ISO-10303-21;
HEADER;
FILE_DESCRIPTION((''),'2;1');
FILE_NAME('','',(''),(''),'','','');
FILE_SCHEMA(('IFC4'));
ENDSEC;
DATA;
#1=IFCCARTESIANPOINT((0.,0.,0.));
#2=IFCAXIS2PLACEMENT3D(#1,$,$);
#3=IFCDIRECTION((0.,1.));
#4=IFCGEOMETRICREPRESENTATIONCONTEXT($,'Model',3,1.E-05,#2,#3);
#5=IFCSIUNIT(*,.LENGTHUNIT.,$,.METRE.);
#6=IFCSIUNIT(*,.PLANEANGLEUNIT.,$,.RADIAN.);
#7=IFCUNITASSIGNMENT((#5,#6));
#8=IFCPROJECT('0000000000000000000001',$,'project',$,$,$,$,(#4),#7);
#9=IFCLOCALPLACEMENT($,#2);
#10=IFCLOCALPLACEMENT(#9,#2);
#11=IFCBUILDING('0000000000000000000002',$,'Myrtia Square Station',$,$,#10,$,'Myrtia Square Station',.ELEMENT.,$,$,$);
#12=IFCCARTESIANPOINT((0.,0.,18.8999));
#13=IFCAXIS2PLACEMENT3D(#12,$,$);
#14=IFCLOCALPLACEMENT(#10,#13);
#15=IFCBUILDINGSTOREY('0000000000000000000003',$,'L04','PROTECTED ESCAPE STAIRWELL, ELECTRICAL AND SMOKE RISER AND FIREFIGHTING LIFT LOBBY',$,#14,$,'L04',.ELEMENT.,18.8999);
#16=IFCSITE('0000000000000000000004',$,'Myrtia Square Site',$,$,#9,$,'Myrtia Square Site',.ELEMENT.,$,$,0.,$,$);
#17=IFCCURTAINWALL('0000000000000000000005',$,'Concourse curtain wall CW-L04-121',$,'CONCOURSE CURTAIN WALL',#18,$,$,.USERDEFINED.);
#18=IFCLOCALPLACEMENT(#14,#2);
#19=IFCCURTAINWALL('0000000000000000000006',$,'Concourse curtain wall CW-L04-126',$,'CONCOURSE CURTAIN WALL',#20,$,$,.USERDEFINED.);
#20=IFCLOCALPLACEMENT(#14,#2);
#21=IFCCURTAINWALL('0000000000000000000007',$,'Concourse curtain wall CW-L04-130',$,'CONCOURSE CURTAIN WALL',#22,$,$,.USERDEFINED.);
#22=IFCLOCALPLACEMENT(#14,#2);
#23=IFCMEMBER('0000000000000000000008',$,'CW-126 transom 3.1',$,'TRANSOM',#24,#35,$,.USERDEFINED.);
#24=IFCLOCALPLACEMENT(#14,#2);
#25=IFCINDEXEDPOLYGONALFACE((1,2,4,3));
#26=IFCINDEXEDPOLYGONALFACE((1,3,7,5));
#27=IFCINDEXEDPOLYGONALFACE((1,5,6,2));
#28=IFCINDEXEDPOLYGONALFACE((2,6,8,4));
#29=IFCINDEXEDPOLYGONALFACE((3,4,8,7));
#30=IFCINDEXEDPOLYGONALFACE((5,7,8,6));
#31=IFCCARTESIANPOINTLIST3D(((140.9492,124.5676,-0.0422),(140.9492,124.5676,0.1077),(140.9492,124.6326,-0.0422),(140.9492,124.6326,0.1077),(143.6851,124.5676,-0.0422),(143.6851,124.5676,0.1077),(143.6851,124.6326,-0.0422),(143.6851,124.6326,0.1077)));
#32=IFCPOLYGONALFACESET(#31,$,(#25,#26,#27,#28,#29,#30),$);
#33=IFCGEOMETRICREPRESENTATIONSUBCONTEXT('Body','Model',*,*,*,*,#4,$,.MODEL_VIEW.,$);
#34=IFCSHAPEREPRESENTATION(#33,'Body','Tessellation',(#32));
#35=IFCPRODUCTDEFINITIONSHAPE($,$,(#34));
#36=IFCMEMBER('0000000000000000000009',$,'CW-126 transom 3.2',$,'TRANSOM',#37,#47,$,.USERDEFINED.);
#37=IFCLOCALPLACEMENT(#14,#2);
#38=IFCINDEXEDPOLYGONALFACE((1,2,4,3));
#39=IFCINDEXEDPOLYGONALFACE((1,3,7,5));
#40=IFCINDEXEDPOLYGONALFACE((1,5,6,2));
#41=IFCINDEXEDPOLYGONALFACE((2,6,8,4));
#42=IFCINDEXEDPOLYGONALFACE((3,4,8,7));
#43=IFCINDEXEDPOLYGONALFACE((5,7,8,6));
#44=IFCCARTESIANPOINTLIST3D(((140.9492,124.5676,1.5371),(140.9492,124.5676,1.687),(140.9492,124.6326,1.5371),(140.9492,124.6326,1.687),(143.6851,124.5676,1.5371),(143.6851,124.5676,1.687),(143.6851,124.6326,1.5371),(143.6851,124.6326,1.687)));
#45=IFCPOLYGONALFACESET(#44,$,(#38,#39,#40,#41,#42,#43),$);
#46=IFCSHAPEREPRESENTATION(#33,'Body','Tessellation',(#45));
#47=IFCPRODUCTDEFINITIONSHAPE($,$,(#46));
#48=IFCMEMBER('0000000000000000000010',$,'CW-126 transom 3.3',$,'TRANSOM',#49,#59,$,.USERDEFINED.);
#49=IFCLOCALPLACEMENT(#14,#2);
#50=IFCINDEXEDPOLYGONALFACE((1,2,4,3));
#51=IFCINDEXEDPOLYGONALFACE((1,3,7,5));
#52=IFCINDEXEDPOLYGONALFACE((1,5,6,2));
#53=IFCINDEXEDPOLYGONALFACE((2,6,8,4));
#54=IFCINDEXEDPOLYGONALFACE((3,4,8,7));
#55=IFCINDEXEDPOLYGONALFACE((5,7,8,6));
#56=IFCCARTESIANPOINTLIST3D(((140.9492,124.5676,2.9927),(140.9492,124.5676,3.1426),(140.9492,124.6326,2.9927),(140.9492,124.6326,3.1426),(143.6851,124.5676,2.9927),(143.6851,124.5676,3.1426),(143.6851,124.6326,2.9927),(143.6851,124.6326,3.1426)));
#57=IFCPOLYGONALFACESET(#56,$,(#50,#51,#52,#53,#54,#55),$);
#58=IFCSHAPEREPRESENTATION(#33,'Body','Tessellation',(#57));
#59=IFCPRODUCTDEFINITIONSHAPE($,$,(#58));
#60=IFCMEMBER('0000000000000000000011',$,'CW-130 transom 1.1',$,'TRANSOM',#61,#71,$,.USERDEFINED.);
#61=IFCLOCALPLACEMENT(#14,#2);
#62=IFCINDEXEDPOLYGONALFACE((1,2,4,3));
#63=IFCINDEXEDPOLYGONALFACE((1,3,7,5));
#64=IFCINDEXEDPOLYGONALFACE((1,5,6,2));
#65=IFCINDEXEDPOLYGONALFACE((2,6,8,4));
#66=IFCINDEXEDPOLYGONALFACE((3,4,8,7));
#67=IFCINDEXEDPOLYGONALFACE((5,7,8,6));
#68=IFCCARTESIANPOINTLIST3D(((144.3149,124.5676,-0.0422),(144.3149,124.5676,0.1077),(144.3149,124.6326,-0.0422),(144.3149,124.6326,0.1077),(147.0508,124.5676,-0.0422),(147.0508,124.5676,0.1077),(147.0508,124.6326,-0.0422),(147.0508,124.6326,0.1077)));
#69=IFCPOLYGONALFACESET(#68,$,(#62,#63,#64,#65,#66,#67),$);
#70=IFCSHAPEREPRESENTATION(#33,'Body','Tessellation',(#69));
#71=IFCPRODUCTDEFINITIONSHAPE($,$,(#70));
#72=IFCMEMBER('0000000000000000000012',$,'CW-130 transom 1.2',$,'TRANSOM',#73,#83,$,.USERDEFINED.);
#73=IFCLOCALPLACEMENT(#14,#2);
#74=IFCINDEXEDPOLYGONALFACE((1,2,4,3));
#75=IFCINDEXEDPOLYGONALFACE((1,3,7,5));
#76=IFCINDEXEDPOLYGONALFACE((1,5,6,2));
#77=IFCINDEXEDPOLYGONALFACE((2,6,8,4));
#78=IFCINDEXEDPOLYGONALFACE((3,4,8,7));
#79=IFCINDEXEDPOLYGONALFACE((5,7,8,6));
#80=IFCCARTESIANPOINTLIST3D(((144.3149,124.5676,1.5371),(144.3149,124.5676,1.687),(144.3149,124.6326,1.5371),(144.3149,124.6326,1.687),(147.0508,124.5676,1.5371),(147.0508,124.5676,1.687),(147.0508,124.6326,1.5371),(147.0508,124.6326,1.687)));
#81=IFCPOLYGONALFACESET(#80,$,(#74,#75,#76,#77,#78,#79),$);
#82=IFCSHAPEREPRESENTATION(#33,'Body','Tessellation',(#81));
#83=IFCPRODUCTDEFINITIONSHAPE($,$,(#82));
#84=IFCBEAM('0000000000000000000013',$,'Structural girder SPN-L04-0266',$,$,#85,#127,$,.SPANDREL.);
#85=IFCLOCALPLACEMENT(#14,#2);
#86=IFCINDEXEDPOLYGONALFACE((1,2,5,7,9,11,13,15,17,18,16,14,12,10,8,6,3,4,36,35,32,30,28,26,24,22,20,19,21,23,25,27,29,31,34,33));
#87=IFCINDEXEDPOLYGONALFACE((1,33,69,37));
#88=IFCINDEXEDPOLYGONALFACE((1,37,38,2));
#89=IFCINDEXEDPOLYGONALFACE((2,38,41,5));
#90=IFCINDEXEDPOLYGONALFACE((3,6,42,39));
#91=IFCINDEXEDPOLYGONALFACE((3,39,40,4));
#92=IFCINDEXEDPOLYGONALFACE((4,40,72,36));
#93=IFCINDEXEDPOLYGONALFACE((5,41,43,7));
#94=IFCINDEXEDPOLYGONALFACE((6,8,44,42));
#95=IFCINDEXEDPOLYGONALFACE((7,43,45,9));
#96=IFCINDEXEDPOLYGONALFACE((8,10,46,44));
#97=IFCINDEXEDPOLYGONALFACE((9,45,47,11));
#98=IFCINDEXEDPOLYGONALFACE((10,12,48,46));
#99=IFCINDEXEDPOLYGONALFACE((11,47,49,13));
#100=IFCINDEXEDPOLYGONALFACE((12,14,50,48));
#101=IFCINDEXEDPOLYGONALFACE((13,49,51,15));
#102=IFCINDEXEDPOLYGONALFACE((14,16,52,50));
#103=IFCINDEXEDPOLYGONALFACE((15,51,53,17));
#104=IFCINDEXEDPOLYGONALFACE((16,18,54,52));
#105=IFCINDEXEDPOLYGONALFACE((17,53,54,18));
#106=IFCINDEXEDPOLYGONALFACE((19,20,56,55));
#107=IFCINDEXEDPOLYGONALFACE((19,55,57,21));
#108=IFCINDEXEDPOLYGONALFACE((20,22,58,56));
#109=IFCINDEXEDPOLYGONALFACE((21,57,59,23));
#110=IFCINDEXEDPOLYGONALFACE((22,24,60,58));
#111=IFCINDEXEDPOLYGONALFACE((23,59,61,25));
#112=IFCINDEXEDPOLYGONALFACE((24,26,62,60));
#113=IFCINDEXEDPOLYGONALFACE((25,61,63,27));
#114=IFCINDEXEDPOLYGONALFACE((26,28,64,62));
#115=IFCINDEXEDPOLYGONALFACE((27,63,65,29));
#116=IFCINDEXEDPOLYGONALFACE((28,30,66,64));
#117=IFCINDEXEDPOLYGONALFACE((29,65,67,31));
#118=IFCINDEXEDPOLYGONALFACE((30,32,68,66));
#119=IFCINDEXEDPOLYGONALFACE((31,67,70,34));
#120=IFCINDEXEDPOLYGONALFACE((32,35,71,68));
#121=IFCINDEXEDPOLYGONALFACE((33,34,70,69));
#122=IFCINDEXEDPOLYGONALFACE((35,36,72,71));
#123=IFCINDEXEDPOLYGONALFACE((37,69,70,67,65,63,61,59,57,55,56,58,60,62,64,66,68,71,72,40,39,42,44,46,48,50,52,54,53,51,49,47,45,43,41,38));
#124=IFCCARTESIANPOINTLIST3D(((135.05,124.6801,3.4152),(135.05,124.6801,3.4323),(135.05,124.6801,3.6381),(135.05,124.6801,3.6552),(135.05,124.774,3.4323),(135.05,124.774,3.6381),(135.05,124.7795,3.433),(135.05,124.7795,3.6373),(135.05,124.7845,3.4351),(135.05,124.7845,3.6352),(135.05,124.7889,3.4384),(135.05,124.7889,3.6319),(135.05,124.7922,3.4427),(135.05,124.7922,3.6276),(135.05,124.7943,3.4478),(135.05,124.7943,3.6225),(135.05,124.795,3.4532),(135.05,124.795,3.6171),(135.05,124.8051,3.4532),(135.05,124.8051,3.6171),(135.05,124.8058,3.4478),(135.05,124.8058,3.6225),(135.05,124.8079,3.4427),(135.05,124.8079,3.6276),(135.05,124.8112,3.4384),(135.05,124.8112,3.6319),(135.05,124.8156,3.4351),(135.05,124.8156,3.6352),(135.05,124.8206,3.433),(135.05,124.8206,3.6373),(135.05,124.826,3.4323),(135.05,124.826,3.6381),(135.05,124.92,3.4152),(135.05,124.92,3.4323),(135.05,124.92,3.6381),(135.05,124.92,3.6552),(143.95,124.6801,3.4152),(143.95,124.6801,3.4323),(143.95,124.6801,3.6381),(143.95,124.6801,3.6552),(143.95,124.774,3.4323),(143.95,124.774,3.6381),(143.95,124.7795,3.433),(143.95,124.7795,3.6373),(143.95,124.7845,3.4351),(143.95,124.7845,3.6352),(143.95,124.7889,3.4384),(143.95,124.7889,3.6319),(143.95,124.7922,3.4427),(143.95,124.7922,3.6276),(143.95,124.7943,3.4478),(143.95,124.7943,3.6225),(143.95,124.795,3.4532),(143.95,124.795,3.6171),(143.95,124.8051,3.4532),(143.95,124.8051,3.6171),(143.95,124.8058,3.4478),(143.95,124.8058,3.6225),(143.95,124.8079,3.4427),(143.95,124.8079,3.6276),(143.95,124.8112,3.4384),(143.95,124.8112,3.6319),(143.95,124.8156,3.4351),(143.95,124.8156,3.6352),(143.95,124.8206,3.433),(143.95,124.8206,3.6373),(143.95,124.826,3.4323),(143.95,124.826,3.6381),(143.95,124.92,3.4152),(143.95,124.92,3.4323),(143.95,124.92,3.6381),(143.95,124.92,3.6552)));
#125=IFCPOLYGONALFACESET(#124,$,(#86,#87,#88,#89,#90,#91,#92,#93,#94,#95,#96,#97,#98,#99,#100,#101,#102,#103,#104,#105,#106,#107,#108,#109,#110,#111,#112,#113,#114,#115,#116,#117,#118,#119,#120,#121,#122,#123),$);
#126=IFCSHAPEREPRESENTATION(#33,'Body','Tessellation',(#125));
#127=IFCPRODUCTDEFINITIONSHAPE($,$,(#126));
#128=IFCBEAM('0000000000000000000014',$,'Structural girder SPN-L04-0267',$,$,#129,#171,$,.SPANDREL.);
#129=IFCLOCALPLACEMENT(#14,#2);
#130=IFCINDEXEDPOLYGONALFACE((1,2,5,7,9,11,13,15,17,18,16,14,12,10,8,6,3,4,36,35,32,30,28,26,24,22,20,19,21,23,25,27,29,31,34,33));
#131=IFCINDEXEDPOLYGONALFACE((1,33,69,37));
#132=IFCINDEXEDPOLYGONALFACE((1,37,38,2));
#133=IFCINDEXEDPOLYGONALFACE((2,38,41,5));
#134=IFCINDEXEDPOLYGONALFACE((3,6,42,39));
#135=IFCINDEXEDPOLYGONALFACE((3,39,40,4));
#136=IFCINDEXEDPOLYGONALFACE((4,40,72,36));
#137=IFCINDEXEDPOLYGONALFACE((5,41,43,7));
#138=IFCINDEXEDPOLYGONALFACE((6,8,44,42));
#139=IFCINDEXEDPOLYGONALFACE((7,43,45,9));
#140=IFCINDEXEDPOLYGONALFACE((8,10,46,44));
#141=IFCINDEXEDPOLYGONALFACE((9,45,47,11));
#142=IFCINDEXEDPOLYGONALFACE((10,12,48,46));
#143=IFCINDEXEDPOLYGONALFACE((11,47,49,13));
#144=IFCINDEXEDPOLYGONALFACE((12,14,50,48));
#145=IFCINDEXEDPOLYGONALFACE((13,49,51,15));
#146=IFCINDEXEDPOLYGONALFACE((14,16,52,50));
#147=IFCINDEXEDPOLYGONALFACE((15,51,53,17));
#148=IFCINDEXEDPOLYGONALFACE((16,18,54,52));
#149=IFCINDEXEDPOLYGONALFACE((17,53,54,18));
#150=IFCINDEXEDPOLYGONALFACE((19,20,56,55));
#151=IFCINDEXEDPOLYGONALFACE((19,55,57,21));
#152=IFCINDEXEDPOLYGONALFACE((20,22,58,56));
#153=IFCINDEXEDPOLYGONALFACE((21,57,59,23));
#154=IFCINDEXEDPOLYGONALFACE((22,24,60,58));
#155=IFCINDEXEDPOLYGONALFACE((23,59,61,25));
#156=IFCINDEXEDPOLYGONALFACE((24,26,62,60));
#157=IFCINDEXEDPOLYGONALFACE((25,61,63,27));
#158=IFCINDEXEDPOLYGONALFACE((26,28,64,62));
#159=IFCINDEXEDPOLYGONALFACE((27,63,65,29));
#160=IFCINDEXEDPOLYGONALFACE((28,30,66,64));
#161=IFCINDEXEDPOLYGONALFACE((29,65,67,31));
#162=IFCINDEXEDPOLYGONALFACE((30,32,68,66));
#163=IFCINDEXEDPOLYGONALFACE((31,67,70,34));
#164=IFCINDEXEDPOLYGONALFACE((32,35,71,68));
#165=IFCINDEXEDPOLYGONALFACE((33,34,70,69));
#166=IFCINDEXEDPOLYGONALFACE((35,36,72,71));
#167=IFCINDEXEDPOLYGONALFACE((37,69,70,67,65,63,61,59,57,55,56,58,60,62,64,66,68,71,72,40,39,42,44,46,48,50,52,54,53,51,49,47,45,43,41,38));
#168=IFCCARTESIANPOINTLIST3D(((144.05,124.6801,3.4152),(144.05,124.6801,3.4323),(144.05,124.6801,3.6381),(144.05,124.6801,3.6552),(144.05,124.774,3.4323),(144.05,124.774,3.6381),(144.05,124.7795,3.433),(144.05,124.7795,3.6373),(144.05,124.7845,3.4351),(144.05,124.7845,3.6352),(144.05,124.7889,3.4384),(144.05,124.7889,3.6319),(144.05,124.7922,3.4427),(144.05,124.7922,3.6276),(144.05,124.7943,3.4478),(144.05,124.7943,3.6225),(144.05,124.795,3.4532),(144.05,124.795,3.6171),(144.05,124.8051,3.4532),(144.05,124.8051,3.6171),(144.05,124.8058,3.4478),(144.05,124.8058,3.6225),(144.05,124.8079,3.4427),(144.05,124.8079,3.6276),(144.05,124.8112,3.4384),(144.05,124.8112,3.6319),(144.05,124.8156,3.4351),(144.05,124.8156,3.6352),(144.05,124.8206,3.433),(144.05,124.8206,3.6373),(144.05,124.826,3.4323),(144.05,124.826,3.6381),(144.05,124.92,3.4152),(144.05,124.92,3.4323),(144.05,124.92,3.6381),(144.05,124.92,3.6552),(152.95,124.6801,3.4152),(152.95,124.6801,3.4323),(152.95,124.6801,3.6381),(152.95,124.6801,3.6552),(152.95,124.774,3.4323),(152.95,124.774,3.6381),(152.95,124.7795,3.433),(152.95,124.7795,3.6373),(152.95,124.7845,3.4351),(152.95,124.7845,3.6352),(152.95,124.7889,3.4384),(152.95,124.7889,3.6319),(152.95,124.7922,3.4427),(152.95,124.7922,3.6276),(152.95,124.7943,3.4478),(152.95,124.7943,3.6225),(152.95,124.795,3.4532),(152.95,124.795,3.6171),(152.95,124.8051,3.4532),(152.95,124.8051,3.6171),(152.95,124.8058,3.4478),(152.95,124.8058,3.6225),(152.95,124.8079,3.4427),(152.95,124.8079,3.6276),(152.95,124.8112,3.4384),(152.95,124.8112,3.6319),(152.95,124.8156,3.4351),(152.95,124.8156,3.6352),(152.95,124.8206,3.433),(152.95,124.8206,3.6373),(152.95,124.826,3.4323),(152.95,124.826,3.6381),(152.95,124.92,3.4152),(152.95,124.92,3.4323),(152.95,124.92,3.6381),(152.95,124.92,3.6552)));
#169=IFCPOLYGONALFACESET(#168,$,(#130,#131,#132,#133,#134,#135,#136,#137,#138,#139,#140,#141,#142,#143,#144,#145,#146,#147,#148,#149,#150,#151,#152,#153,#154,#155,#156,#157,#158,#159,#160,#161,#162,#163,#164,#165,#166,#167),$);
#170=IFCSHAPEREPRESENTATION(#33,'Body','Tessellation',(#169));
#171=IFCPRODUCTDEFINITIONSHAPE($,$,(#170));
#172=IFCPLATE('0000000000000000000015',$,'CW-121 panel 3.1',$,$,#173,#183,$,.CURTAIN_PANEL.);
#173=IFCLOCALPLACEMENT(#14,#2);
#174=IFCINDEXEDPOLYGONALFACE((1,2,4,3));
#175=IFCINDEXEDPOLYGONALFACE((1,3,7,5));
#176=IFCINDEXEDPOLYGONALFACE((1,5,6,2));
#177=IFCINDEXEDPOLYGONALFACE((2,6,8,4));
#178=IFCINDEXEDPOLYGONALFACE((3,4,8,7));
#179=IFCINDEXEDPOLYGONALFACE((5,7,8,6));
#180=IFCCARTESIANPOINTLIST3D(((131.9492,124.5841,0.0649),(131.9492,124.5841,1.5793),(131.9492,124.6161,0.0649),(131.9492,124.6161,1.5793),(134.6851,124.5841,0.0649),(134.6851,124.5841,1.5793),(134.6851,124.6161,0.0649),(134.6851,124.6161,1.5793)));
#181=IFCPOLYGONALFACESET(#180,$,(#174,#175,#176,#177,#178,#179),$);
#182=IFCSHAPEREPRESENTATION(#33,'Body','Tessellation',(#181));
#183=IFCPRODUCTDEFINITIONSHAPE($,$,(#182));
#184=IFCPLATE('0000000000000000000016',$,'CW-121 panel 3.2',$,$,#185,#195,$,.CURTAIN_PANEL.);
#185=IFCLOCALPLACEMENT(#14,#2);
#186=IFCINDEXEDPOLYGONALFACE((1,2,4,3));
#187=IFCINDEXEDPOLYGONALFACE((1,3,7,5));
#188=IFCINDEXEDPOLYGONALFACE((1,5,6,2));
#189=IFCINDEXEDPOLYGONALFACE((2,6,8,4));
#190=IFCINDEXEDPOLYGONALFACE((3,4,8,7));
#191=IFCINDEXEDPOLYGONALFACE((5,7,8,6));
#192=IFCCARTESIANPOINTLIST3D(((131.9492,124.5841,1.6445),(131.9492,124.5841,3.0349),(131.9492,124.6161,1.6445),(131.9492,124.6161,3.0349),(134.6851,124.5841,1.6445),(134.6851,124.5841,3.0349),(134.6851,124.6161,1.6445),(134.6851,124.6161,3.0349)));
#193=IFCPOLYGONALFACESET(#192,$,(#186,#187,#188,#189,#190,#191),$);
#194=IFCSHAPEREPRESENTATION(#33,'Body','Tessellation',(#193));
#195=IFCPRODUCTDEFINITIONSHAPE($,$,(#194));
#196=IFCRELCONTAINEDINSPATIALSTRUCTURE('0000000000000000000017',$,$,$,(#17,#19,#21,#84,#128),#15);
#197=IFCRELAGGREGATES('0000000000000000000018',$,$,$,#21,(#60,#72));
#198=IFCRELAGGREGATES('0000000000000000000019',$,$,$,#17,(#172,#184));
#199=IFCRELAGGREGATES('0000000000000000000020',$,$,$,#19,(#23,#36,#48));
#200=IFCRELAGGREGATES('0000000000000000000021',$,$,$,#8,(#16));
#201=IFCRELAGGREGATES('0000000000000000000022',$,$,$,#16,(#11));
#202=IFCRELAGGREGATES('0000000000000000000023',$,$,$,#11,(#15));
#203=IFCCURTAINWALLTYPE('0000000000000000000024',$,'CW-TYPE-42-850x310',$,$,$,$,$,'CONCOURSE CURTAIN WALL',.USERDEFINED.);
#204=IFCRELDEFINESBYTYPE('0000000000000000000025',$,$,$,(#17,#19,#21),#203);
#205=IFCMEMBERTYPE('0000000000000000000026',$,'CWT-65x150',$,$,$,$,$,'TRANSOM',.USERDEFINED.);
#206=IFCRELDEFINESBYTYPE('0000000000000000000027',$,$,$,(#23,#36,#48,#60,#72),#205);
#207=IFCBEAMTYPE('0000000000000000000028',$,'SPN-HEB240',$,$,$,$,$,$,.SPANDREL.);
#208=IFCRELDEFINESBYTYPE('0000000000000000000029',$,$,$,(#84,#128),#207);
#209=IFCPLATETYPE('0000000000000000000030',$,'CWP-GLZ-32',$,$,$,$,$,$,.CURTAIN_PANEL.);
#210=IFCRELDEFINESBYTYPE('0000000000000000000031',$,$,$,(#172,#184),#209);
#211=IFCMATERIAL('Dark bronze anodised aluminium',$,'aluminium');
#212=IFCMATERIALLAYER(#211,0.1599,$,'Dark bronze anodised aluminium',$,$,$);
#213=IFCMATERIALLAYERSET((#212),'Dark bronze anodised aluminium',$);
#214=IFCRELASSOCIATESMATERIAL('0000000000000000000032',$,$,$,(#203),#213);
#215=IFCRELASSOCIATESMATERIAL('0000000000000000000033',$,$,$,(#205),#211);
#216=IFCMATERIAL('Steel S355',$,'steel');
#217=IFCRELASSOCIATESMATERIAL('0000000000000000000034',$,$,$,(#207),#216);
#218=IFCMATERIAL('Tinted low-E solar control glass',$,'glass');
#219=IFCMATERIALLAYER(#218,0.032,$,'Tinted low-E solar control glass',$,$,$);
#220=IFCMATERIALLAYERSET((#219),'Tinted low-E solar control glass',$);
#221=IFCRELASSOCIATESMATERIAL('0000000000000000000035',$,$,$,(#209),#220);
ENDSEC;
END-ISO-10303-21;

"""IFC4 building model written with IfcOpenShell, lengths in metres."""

from ifc_helpers import new_model, si_unit, direction, frame, origin, origin_2d, place, context, subcontext, project, spatial, rectangle, i_section, extrude, material, layer, layer_set, material_profile, profile_set, type_object, element, aggregate, save


model = new_model("IFC4")

# Units and contexts
model_context = context("Model", 3, precision=1e-05, world=origin(), true_north=direction((0.0, 1.0)))
body_context = subcontext(model_context, "Body", "Model", "MODEL_VIEW")
ifc_project = project(units=[si_unit("LENGTHUNIT", "METRE"), si_unit("PLANEANGLEUNIT", "RADIAN")], contexts=[model_context])

# Site, building, storey
site_placement = place(None, origin())
site = spatial("IfcSite", under=ifc_project, at=site_placement, Name="Myrtia Square Site", LongName="Myrtia Square Site", CompositionType="ELEMENT", RefElevation=0.0)
building_placement = place(site_placement, origin())
building = spatial("IfcBuilding", under=site, at=building_placement, Name="Myrtia Square Station", LongName="Myrtia Square Station", CompositionType="ELEMENT")
storey_placement = place(building_placement, frame((0.0, 0.0, 18.8999)))
storey = spatial("IfcBuildingStorey", under=building, at=storey_placement, Name="L04", Description="PROTECTED ESCAPE STAIRWELL, ELECTRICAL AND SMOKE RISER AND FIREFIGHTING LIFT LOBBY", LongName="L04", CompositionType="ELEMENT", Elevation=18.8999)

# Shared definitions
ifc_material_1 = material(Name="Steel S355", Category="steel")

# Curtain wall
ifc_material_2 = material(Name="Dark bronze anodised aluminium", Category="aluminium")
ifc_layer_1 = layer(ifc_material_2, 0.1599, Name="Dark bronze anodised aluminium")
ifc_layer_set_1 = layer_set([ifc_layer_1], Name="Dark bronze anodised aluminium")
curtain_wall_type = type_object("IfcCurtainWallType", Name="CW-TYPE-42-850x310", ElementType="CONCOURSE CURTAIN WALL", PredefinedType="USERDEFINED", material=ifc_layer_set_1)
curtain_wall_1_placement = place(storey_placement, origin())
curtain_wall_1 = element("IfcCurtainWall", 1, at=curtain_wall_1_placement, inside=storey, type_object=curtain_wall_type, Name="Concourse curtain wall CW-L04-121", ObjectType="CONCOURSE CURTAIN WALL", PredefinedType="USERDEFINED")

# Curtain wall
curtain_wall_2_placement = place(storey_placement, origin())
curtain_wall_2 = element("IfcCurtainWall", 2, at=curtain_wall_2_placement, inside=storey, type_object=curtain_wall_type, Name="Concourse curtain wall CW-L04-126", ObjectType="CONCOURSE CURTAIN WALL", PredefinedType="USERDEFINED")

# Curtain wall
curtain_wall_3_placement = place(storey_placement, origin())
curtain_wall_3 = element("IfcCurtainWall", 3, at=curtain_wall_3_placement, inside=storey, type_object=curtain_wall_type, Name="Concourse curtain wall CW-L04-130", ObjectType="CONCOURSE CURTAIN WALL", PredefinedType="USERDEFINED")

# Members
ifc_material_profile_1 = material_profile(ifc_material_2, rectangle(XDim=0.0649, YDim=0.1499, at=origin_2d()), Name="ALU-T 65x150")
ifc_profile_set_1 = profile_set([ifc_material_profile_1], Name="Dark bronze anodised aluminium")
member_type_1 = type_object("IfcMemberType", Name="CWT-65x150", ElementType="TRANSOM", PredefinedType="USERDEFINED", material=ifc_profile_set_1)
member_1_placement = place(storey_placement, frame((140.9492, 124.6001, 0.0327), z_axis=(1.0, 0.0, 0.0), x_axis=(0.0, 1.0, 0.0)))
member_1 = element("IfcMember", 4, at=member_1_placement, type_object=member_type_1, Name="CW-126 transom 3.1", ObjectType="TRANSOM", PredefinedType="USERDEFINED", context=body_context, shape_type="SweptSolid", body=[
    extrude(rectangle(XDim=0.0649, YDim=0.1499, at=origin_2d()), origin(), (0.0, 0.0, 1.0), 2.7358),
])
member_2_placement = place(storey_placement, frame((140.9492, 124.6001, 1.6121), z_axis=(1.0, 0.0, 0.0), x_axis=(0.0, 1.0, 0.0)))
member_2 = element("IfcMember", 5, at=member_2_placement, type_object=member_type_1, Name="CW-126 transom 3.2", ObjectType="TRANSOM", PredefinedType="USERDEFINED", context=body_context, shape_type="SweptSolid", body=[
    extrude(rectangle(XDim=0.0649, YDim=0.1499, at=origin_2d()), origin(), (0.0, 0.0, 1.0), 2.7358),
])
member_3_placement = place(storey_placement, frame((140.9492, 124.6001, 3.0676), z_axis=(1.0, 0.0, 0.0), x_axis=(0.0, 1.0, 0.0)))
member_3 = element("IfcMember", 6, at=member_3_placement, type_object=member_type_1, Name="CW-126 transom 3.3", ObjectType="TRANSOM", PredefinedType="USERDEFINED", context=body_context, shape_type="SweptSolid", body=[
    extrude(rectangle(XDim=0.0649, YDim=0.1499, at=origin_2d()), origin(), (0.0, 0.0, 1.0), 2.7358),
])
member_4_placement = place(storey_placement, frame((144.3149, 124.6001, 0.0327), z_axis=(1.0, 0.0, 0.0), x_axis=(0.0, 1.0, 0.0)))
member_4 = element("IfcMember", 7, at=member_4_placement, type_object=member_type_1, Name="CW-130 transom 1.1", ObjectType="TRANSOM", PredefinedType="USERDEFINED", context=body_context, shape_type="SweptSolid", body=[
    extrude(rectangle(XDim=0.0649, YDim=0.1499, at=origin_2d()), origin(), (0.0, 0.0, 1.0), 2.7358),
])
member_5_placement = place(storey_placement, frame((144.3149, 124.6001, 1.6121), z_axis=(1.0, 0.0, 0.0), x_axis=(0.0, 1.0, 0.0)))
member_5 = element("IfcMember", 8, at=member_5_placement, type_object=member_type_1, Name="CW-130 transom 1.2", ObjectType="TRANSOM", PredefinedType="USERDEFINED", context=body_context, shape_type="SweptSolid", body=[
    extrude(rectangle(XDim=0.0649, YDim=0.1499, at=origin_2d()), origin(), (0.0, 0.0, 1.0), 2.7358),
])
aggregate(curtain_wall_3, [member_4, member_5])

# Beams
ifc_material_profile_2 = material_profile(ifc_material_1, i_section(OverallWidth=0.24, OverallDepth=0.24, WebThickness=0.01, FlangeThickness=0.0171, FilletRadius=0.021, at=origin_2d()), Name="HEB 240")
ifc_profile_set_2 = profile_set([ifc_material_profile_2], Name="Steel S355")
beam_type_1 = type_object("IfcBeamType", Name="SPN-HEB240", PredefinedType="SPANDREL", material=ifc_profile_set_2)
for number, where, z_axis, x_axis, name in (
    (9, (135.05, 124.8, 3.5352), (1.0, 0.0, 0.0), (0.0, 1.0, 0.0), "Structural girder SPN-L04-0266"),
    (10, (144.05, 124.8, 3.5352), (1.0, 0.0, 0.0), (0.0, 1.0, 0.0), "Structural girder SPN-L04-0267"),
):
    element("IfcBeam", number, at=place(storey_placement, frame(where, z_axis=z_axis, x_axis=x_axis)), inside=storey, type_object=beam_type_1, Name=name, PredefinedType="SPANDREL", context=body_context, shape_type="SweptSolid", body=[
        extrude(i_section(OverallWidth=0.24, OverallDepth=0.24, WebThickness=0.01, FlangeThickness=0.0171, FilletRadius=0.021, at=origin_2d()), origin(), (0.0, 0.0, 1.0), 8.8999),
    ])

# Plates
ifc_material_3 = material(Name="Tinted low-E solar control glass", Category="glass")
ifc_layer_2 = layer(ifc_material_3, 0.032, Name="Tinted low-E solar control glass")
ifc_layer_set_2 = layer_set([ifc_layer_2], Name="Tinted low-E solar control glass")
plate_type_1 = type_object("IfcPlateType", Name="CWP-GLZ-32", PredefinedType="CURTAIN_PANEL", material=ifc_layer_set_2)
plate_1_placement = place(storey_placement, frame((133.3171, 124.6001, 0.0649), z_axis=(0.0, 0.0, 1.0), x_axis=(1.0, 0.0, 0.0)))
plate_1 = element("IfcPlate", 11, at=plate_1_placement, type_object=plate_type_1, Name="CW-121 panel 3.1", PredefinedType="CURTAIN_PANEL", context=body_context, shape_type="SweptSolid", body=[
    extrude(rectangle(XDim=2.7358, YDim=0.032, at=origin_2d()), origin(), (0.0, 0.0, 1.0), 1.5144),
])
plate_2_placement = place(storey_placement, frame((133.3171, 124.6001, 1.6445), z_axis=(0.0, 0.0, 1.0), x_axis=(1.0, 0.0, 0.0)))
plate_2 = element("IfcPlate", 12, at=plate_2_placement, type_object=plate_type_1, Name="CW-121 panel 3.2", PredefinedType="CURTAIN_PANEL", context=body_context, shape_type="SweptSolid", body=[
    extrude(rectangle(XDim=2.7358, YDim=0.032, at=origin_2d()), origin(), (0.0, 0.0, 1.0), 1.3904),
])
aggregate(curtain_wall_1, [plate_1, plate_2])
aggregate(curtain_wall_2, [member_1, member_2, member_3])

save(model, "model.ifc")
